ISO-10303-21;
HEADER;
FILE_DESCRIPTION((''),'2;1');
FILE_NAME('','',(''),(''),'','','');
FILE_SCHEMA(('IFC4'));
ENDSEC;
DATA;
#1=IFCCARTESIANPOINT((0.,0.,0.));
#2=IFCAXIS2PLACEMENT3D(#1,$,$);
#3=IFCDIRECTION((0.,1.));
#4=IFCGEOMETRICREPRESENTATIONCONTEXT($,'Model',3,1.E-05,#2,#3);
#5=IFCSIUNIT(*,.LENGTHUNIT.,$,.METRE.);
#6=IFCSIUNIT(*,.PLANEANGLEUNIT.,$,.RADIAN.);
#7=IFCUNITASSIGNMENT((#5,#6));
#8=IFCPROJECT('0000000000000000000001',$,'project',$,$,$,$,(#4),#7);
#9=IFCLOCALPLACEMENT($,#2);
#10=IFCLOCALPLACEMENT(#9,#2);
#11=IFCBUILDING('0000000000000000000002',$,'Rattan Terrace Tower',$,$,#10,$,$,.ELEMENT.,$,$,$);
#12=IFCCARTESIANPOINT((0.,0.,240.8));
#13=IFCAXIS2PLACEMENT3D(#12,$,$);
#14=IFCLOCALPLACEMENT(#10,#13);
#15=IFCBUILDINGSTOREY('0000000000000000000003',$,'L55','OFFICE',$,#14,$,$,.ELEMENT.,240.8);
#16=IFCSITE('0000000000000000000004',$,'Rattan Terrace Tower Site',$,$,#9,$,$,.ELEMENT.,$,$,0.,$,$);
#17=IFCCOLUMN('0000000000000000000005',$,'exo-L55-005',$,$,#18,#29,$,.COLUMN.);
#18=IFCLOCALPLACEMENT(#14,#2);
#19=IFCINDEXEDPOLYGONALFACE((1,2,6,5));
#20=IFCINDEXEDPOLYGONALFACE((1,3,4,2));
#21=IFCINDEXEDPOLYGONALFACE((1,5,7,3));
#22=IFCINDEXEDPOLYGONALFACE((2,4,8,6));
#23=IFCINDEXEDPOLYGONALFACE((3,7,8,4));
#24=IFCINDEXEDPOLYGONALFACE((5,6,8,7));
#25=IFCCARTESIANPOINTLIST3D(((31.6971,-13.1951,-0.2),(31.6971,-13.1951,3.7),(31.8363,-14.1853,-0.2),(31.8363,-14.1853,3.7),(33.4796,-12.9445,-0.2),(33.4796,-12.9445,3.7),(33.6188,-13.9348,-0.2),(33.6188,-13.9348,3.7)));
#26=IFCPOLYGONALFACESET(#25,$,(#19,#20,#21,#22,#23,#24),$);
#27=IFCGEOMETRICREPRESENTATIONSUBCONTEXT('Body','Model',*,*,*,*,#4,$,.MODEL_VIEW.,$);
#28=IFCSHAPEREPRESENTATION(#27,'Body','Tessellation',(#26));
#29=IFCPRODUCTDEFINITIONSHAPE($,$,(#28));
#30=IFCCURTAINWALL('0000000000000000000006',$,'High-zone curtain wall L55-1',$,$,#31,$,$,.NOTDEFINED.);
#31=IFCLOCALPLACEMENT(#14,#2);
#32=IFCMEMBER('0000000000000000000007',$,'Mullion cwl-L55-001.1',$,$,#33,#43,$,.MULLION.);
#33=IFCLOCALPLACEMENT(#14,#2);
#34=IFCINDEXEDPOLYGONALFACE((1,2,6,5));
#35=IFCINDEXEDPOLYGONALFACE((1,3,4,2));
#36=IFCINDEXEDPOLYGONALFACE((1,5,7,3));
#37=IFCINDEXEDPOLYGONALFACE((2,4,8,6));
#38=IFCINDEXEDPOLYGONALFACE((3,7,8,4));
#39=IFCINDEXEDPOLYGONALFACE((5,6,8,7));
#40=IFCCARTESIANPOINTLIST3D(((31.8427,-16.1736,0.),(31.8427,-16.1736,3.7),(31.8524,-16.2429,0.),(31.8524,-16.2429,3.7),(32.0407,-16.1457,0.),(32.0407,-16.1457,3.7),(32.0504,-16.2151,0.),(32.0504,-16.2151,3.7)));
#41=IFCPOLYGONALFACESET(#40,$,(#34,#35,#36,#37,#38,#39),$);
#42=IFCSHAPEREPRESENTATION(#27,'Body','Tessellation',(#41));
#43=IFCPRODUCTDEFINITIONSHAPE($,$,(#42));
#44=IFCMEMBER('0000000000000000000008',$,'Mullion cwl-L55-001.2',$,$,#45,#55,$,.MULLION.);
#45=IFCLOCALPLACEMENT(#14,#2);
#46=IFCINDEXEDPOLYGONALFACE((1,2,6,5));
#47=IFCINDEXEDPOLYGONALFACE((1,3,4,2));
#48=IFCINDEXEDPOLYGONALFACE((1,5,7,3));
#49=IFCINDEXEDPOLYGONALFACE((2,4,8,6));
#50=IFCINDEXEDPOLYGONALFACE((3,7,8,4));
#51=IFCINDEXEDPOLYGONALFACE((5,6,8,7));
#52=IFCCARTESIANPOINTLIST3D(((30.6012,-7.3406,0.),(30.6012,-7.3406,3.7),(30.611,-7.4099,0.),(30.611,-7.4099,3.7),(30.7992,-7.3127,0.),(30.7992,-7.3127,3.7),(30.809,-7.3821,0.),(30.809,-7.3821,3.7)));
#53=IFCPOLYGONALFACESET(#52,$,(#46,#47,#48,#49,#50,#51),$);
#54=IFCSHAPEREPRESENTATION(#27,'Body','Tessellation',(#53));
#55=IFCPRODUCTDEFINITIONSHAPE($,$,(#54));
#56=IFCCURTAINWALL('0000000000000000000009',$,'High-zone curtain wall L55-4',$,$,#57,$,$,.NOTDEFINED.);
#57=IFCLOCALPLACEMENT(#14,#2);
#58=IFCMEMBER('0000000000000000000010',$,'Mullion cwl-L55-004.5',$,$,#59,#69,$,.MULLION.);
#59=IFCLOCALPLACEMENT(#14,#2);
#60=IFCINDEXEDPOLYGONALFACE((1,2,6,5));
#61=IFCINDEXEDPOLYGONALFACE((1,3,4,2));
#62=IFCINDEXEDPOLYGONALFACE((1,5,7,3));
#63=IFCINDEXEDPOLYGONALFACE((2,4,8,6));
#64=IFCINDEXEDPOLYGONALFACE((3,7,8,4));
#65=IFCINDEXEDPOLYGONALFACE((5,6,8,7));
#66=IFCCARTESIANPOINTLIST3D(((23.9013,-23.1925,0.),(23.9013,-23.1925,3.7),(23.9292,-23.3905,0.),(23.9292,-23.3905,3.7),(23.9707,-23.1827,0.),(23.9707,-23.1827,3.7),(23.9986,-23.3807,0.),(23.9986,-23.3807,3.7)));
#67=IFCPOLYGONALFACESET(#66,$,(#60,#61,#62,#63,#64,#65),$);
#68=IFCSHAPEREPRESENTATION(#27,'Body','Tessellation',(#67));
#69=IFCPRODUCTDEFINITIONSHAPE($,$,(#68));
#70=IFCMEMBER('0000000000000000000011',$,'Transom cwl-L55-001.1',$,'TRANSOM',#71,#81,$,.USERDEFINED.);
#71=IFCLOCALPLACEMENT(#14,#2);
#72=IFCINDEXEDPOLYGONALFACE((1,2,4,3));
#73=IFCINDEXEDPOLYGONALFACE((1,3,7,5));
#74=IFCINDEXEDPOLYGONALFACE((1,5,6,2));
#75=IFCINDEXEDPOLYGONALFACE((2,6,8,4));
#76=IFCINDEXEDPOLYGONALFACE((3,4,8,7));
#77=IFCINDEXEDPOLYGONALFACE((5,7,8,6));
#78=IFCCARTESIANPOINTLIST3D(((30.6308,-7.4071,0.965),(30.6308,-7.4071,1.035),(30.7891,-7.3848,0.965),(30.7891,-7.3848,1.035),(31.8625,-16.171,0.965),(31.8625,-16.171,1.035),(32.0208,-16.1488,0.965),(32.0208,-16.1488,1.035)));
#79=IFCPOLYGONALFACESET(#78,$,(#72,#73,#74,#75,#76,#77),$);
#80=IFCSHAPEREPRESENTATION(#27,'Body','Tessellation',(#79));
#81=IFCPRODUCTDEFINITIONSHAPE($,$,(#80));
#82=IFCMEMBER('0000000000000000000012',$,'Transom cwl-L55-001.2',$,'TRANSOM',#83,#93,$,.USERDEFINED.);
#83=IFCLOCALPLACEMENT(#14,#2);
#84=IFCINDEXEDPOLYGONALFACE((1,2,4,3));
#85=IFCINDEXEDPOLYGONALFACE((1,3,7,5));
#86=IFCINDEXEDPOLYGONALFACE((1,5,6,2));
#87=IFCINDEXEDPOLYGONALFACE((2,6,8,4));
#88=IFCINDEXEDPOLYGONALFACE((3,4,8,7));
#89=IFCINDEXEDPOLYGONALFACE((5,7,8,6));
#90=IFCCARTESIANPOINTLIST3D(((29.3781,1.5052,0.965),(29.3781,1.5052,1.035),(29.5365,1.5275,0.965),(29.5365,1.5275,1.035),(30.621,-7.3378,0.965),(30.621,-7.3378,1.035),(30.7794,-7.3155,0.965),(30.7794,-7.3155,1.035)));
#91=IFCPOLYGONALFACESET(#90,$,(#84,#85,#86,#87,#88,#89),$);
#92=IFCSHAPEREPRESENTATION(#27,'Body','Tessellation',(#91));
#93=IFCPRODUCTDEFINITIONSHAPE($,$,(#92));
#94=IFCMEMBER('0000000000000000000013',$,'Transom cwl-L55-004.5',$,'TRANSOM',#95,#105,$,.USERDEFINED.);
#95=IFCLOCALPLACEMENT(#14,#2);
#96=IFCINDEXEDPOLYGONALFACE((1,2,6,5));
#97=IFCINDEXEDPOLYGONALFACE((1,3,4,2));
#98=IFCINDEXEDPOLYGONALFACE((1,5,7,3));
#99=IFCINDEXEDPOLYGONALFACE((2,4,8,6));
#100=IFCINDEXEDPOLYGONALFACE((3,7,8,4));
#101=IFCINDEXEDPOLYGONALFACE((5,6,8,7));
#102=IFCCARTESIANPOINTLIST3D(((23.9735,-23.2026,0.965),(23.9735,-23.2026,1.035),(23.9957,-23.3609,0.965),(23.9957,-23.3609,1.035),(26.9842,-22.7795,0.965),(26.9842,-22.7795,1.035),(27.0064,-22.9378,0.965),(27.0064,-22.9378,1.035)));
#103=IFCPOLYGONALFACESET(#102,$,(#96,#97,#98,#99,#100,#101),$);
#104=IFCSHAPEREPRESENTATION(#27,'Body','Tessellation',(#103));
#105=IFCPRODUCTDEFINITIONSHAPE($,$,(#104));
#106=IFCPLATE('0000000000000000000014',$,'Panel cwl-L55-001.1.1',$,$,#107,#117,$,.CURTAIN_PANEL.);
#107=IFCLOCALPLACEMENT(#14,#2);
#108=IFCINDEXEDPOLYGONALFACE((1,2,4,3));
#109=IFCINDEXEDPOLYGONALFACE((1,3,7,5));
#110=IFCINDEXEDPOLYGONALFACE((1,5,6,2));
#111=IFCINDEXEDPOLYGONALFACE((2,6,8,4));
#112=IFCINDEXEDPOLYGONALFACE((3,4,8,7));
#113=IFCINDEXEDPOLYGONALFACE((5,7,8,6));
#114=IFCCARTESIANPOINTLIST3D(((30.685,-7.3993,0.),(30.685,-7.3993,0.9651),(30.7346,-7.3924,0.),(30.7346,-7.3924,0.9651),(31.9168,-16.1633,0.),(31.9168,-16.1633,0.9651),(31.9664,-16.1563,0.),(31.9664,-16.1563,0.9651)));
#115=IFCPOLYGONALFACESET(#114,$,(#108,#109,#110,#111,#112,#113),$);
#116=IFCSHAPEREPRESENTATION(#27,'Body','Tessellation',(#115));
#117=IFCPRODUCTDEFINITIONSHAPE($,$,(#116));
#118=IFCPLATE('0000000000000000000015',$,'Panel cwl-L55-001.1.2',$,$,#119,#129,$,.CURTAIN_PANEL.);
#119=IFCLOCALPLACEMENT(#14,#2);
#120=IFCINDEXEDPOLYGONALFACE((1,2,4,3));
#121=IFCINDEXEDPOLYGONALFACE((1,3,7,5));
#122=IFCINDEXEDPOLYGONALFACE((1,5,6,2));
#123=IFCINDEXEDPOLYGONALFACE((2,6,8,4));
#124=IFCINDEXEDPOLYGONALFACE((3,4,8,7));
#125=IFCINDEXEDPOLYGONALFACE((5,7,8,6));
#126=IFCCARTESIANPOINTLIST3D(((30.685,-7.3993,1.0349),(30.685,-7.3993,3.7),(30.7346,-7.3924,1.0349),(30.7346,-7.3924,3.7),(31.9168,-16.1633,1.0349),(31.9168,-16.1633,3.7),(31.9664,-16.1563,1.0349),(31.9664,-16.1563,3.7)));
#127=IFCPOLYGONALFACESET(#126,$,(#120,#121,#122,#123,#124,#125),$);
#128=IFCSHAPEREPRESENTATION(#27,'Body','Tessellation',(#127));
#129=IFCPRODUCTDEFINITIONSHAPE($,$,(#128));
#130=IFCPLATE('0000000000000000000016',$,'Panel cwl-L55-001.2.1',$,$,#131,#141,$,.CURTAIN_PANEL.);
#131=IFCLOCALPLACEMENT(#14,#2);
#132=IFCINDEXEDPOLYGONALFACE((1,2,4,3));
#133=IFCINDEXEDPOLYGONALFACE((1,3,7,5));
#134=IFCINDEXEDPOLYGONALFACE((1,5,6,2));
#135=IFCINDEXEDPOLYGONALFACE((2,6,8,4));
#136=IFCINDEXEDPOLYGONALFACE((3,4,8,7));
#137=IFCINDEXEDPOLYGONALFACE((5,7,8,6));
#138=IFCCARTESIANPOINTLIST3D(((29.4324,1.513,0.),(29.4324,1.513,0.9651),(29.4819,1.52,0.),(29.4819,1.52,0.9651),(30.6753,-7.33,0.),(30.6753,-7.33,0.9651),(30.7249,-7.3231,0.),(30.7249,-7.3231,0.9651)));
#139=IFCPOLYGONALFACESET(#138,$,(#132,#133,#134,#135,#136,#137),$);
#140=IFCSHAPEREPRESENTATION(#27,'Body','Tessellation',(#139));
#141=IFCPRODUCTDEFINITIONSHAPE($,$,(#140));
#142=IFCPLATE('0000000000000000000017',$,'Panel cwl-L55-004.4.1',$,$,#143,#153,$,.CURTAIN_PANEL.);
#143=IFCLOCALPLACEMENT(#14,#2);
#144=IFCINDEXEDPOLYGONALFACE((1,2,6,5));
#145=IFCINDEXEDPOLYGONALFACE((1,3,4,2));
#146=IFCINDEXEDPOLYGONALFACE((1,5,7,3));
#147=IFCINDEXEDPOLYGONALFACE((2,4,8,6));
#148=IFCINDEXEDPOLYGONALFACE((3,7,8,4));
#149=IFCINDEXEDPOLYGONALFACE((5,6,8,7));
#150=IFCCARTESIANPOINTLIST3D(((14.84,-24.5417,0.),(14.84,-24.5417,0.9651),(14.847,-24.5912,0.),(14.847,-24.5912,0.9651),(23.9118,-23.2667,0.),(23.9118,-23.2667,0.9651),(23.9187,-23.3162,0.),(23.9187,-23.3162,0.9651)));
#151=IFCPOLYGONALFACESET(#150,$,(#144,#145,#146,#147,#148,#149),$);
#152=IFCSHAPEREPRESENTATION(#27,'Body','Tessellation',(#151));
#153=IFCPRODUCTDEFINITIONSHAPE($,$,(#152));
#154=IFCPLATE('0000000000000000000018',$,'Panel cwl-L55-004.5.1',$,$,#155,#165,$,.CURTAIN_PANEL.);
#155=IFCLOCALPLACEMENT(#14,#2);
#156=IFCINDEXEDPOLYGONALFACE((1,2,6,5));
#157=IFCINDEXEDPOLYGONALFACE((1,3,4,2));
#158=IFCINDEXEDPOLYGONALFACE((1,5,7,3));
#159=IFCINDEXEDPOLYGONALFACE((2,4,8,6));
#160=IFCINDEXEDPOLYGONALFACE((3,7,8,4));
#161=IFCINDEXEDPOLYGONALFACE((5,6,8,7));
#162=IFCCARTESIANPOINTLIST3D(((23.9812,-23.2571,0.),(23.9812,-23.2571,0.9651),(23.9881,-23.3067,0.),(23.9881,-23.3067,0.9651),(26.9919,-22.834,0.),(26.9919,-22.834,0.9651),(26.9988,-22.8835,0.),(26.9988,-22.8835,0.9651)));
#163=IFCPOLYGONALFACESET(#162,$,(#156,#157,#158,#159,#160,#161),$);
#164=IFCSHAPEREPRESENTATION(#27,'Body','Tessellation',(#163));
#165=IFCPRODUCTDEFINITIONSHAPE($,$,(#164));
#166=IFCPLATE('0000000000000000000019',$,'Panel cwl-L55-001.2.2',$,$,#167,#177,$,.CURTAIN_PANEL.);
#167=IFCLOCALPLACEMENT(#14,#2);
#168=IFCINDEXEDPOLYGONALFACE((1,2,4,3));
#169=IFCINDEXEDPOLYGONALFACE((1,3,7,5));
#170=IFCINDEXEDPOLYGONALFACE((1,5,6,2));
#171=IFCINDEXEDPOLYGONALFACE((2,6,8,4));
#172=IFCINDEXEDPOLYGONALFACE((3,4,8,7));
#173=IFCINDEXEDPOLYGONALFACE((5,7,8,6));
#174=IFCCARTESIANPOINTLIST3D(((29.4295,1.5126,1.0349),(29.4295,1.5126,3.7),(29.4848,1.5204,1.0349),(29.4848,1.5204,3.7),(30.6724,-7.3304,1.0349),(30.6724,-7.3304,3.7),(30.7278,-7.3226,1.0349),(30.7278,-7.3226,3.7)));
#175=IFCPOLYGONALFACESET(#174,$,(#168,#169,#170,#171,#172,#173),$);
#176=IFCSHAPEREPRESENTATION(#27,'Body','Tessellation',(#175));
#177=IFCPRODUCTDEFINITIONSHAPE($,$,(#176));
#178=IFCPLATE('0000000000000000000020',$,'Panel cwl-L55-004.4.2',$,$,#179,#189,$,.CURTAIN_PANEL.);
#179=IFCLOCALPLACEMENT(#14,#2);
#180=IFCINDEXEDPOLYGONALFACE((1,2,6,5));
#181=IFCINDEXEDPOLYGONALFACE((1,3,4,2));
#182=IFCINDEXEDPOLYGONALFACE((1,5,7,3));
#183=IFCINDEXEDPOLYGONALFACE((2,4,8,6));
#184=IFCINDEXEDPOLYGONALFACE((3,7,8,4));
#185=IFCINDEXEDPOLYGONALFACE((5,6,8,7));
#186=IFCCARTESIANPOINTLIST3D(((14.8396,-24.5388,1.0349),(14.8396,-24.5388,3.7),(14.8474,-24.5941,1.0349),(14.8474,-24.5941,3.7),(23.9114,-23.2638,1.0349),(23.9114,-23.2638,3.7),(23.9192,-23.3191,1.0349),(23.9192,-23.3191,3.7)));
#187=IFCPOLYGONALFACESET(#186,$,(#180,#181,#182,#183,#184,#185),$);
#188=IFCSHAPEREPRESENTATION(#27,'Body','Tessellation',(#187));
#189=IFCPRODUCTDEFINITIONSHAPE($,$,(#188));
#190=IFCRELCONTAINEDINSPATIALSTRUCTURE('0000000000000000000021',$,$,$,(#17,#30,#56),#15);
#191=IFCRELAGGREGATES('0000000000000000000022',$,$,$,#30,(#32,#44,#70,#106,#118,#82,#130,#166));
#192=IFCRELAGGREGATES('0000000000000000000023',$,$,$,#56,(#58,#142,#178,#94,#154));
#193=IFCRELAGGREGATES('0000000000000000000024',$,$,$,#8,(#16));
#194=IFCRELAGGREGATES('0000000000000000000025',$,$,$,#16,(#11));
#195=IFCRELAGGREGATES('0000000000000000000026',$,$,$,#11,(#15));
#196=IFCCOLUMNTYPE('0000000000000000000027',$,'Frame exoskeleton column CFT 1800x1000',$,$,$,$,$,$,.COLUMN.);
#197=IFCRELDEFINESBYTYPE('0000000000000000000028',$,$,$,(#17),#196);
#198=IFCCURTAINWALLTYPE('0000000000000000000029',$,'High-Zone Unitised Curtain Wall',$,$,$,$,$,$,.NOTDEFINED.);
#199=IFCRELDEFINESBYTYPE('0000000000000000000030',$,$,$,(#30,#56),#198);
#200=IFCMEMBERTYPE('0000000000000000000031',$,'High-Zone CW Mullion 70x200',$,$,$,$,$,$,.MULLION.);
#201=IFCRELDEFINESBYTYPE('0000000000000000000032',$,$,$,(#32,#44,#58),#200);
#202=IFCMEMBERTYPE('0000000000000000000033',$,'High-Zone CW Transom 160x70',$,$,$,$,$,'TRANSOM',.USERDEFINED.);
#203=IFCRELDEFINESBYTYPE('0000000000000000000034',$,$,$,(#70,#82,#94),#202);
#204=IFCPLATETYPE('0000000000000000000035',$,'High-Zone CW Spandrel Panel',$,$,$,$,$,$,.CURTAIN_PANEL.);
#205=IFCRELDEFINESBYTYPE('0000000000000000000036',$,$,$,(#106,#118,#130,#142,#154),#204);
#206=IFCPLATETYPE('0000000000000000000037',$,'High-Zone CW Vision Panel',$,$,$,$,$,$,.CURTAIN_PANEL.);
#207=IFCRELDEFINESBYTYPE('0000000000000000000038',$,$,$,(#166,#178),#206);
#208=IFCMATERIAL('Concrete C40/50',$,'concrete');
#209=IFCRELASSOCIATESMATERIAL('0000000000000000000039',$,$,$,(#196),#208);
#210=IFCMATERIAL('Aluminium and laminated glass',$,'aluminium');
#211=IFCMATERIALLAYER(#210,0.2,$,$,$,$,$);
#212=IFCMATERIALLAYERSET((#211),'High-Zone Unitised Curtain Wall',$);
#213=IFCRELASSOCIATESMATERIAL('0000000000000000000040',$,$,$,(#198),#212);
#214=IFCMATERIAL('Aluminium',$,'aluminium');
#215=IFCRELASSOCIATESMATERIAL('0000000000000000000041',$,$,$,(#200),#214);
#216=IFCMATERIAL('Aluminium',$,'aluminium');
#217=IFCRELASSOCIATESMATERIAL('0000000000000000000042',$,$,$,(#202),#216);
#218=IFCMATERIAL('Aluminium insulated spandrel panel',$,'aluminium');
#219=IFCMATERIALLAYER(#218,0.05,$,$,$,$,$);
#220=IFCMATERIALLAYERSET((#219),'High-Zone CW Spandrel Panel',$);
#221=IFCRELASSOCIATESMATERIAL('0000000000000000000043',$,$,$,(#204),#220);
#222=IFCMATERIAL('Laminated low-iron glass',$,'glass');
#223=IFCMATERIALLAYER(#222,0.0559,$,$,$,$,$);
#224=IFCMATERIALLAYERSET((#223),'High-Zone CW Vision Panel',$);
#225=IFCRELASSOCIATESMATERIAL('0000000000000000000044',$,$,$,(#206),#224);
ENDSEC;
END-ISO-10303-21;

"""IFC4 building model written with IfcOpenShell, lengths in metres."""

from ifc_helpers import new_model, si_unit, direction, frame, origin, origin_2d, place, context, subcontext, project, spatial, rectangle, extrude, material, layer, layer_set, material_profile, profile_set, type_object, element, aggregate, save


model = new_model("IFC4")

# Units and contexts
model_context = context("Model", 3, precision=1e-05, world=origin(), true_north=direction((0.0, 1.0)))
body_context = subcontext(model_context, "Body", "Model", "MODEL_VIEW")
ifc_project = project(units=[si_unit("LENGTHUNIT", "METRE"), si_unit("PLANEANGLEUNIT", "RADIAN")], contexts=[model_context])

# Site, building, storey
site_placement = place(None, origin())
site = spatial("IfcSite", under=ifc_project, at=site_placement, Name="Rattan Terrace Tower Site", CompositionType="ELEMENT", RefElevation=0.0)
building_placement = place(site_placement, origin())
building = spatial("IfcBuilding", under=site, at=building_placement, Name="Rattan Terrace Tower", CompositionType="ELEMENT")
storey_placement = place(building_placement, frame((0.0, 0.0, 240.8)))
storey = spatial("IfcBuildingStorey", under=building, at=storey_placement, Name="L55", Description="OFFICE", CompositionType="ELEMENT", Elevation=240.8)

# Column
ifc_material_1 = material(Name="Concrete C40/50", Category="concrete")
ifc_material_profile_1 = material_profile(ifc_material_1, rectangle(XDim=1.0, YDim=1.8, at=origin_2d()), Name="CFT 1800x1000")
ifc_profile_set_1 = profile_set([ifc_material_profile_1], Name="Concrete C40/50")
column_type = type_object("IfcColumnType", Name="Frame exoskeleton column CFT 1800x1000", PredefinedType="COLUMN", material=ifc_profile_set_1)
column_placement = place(storey_placement, frame((32.658, -13.5649, -0.2), z_axis=(0.0, 0.0, 1.0), x_axis=(-0.13919, 0.990266, 0.0)))
element("IfcColumn", 1, at=column_placement, inside=storey, type_object=column_type, Name="exo-L55-005", PredefinedType="COLUMN", context=body_context, shape_type="SweptSolid", body=[
    extrude(rectangle(XDim=1.0, YDim=1.8, at=origin_2d()), origin(), (0.0, 0.0, 1.0), 3.8999),
])

# Curtain wall, members
ifc_material_2 = material(Name="Aluminium and laminated glass", Category="aluminium")
ifc_layer_1 = layer(ifc_material_2, 0.2)
ifc_layer_set_1 = layer_set([ifc_layer_1], Name="High-Zone Unitised Curtain Wall")
curtain_wall_type = type_object("IfcCurtainWallType", Name="High-Zone Unitised Curtain Wall", PredefinedType="NOTDEFINED", material=ifc_layer_set_1)
curtain_wall_1_placement = place(storey_placement, origin())
curtain_wall_1 = element("IfcCurtainWall", 2, at=curtain_wall_1_placement, inside=storey, type_object=curtain_wall_type, Name="High-zone curtain wall L55-1", PredefinedType="NOTDEFINED")
ifc_material_3 = material(Name="Aluminium", Category="aluminium")
ifc_material_profile_2 = material_profile(ifc_material_3, rectangle(XDim=0.0701, YDim=0.2, at=origin_2d()), Name="Aluminium 70x200")
ifc_profile_set_2 = profile_set([ifc_material_profile_2], Name="Aluminium")
member_type_1 = type_object("IfcMemberType", Name="High-Zone CW Mullion 70x200", PredefinedType="MULLION", material=ifc_profile_set_2)
member_1_placement = place(storey_placement, frame((31.9465, -16.1943, 0.0), z_axis=(0.0, 0.0, 1.0), x_axis=(-0.139186, 0.990266, 0.0)))
member_1 = element("IfcMember", 3, at=member_1_placement, type_object=member_type_1, Name="Mullion cwl-L55-001.1", PredefinedType="MULLION", context=body_context, shape_type="SweptSolid", body=[
    extrude(rectangle(XDim=0.0701, YDim=0.2, at=origin_2d()), origin(), (0.0, 0.0, 1.0), 3.7),
])
member_2_placement = place(storey_placement, frame((30.7051, -7.3613, 0.0), z_axis=(0.0, 0.0, 1.0), x_axis=(-0.139186, 0.990266, 0.0)))
member_2 = element("IfcMember", 4, at=member_2_placement, type_object=member_type_1, Name="Mullion cwl-L55-001.2", PredefinedType="MULLION", context=body_context, shape_type="SweptSolid", body=[
    extrude(rectangle(XDim=0.0701, YDim=0.2, at=origin_2d()), origin(), (0.0, 0.0, 1.0), 3.7),
])

# Curtain wall, member
curtain_wall_2_placement = place(storey_placement, origin())
curtain_wall_2 = element("IfcCurtainWall", 5, at=curtain_wall_2_placement, inside=storey, type_object=curtain_wall_type, Name="High-zone curtain wall L55-4", PredefinedType="NOTDEFINED")
member_3_placement = place(storey_placement, frame((23.95, -23.2866, 0.0), z_axis=(0.0, 0.0, 1.0), x_axis=(0.990267, 0.139177, 0.0)))
member_3 = element("IfcMember", 6, at=member_3_placement, type_object=member_type_1, Name="Mullion cwl-L55-004.5", PredefinedType="MULLION", context=body_context, shape_type="SweptSolid", body=[
    extrude(rectangle(XDim=0.0701, YDim=0.2, at=origin_2d()), origin(), (0.0, 0.0, 1.0), 3.7),
])

# Members
ifc_material_4 = material(Name="Aluminium", Category="aluminium")
ifc_material_profile_3 = material_profile(ifc_material_4, rectangle(XDim=0.1599, YDim=0.0701, at=origin_2d()), Name="Aluminium 160x70")
ifc_profile_set_3 = profile_set([ifc_material_profile_3], Name="Aluminium")
member_type_2 = type_object("IfcMemberType", Name="High-Zone CW Transom 160x70", ElementType="TRANSOM", PredefinedType="USERDEFINED", material=ifc_profile_set_3)
member_4_placement = place(storey_placement, frame((31.9417, -16.1599, 1.0), z_axis=(-0.139173, 0.990268, 0.0), x_axis=(-0.990268, -0.139173, 0.0)))
member_4 = element("IfcMember", 7, at=member_4_placement, type_object=member_type_2, Name="Transom cwl-L55-001.1", ObjectType="TRANSOM", PredefinedType="USERDEFINED", context=body_context, shape_type="SweptSolid", body=[
    extrude(rectangle(XDim=0.1599, YDim=0.0701, at=origin_2d()), origin(), (0.0, 0.0, 1.0), 8.8501),
])
member_5_placement = place(storey_placement, frame((30.7002, -7.3267, 1.0), z_axis=(-0.139186, 0.990266, 0.0), x_axis=(-0.990266, -0.139186, 0.0)))
member_5 = element("IfcMember", 8, at=member_5_placement, type_object=member_type_2, Name="Transom cwl-L55-001.2", ObjectType="TRANSOM", PredefinedType="USERDEFINED", context=body_context, shape_type="SweptSolid", body=[
    extrude(rectangle(XDim=0.1599, YDim=0.0701, at=origin_2d()), origin(), (0.0, 0.0, 1.0), 8.9299),
])
member_6_placement = place(storey_placement, frame((23.9846, -23.2817, 1.0), z_axis=(0.99027, 0.139161, 0.0), x_axis=(-0.139161, 0.99027, 0.0)))
member_6 = element("IfcMember", 9, at=member_6_placement, type_object=member_type_2, Name="Transom cwl-L55-004.5", ObjectType="TRANSOM", PredefinedType="USERDEFINED", context=body_context, shape_type="SweptSolid", body=[
    extrude(rectangle(XDim=0.1599, YDim=0.0701, at=origin_2d()), origin(), (0.0, 0.0, 1.0), 3.0403),
])

# Plates
ifc_material_5 = material(Name="Aluminium insulated spandrel panel", Category="aluminium")
ifc_layer_2 = layer(ifc_material_5, 0.05)
ifc_layer_set_2 = layer_set([ifc_layer_2], Name="High-Zone CW Spandrel Panel")
plate_type_1 = type_object("IfcPlateType", Name="High-Zone CW Spandrel Panel", PredefinedType="CURTAIN_PANEL", material=ifc_layer_set_2)
plate_1_placement = place(storey_placement, frame((31.3257, -11.7778, 0.0), z_axis=(0.0, 0.0, 1.0), x_axis=(-0.139186, 0.990266, 0.0)))
plate_1 = element("IfcPlate", 10, at=plate_1_placement, type_object=plate_type_1, Name="Panel cwl-L55-001.1.1", PredefinedType="CURTAIN_PANEL", context=body_context, shape_type="SweptSolid", body=[
    extrude(rectangle(XDim=8.8501, YDim=0.05, at=origin_2d()), origin(), (0.0, 0.0, 1.0), 0.9651),
])
plate_2_placement = place(storey_placement, frame((31.3257, -11.7778, 1.0349), z_axis=(0.0, 0.0, 1.0), x_axis=(-0.139186, 0.990266, 0.0)))
plate_2 = element("IfcPlate", 11, at=plate_2_placement, type_object=plate_type_1, Name="Panel cwl-L55-001.1.2", PredefinedType="CURTAIN_PANEL", context=body_context, shape_type="SweptSolid", body=[
    extrude(rectangle(XDim=8.8501, YDim=0.05, at=origin_2d()), origin(), (0.0, 0.0, 1.0), 2.665),
])
plate_3_placement = place(storey_placement, frame((30.0786, -2.905, 0.0), z_axis=(0.0, 0.0, 1.0), x_axis=(-0.139186, 0.990266, 0.0)))
plate_3 = element("IfcPlate", 12, at=plate_3_placement, type_object=plate_type_1, Name="Panel cwl-L55-001.2.1", PredefinedType="CURTAIN_PANEL", context=body_context, shape_type="SweptSolid", body=[
    extrude(rectangle(XDim=8.9299, YDim=0.05, at=origin_2d()), origin(), (0.0, 0.0, 1.0), 0.9651),
])
plate_4_placement = place(storey_placement, frame((19.3794, -23.929, 0.0), z_axis=(0.0, 0.0, 1.0), x_axis=(0.990267, 0.139177, 0.0)))
plate_4 = element("IfcPlate", 13, at=plate_4_placement, type_object=plate_type_1, Name="Panel cwl-L55-004.4.1", PredefinedType="CURTAIN_PANEL", context=body_context, shape_type="SweptSolid", body=[
    extrude(rectangle(XDim=9.1609, YDim=0.05, at=origin_2d()), origin(), (0.0, 0.0, 1.0), 0.9651),
])
plate_5_placement = place(storey_placement, frame((25.49, -23.0703, 0.0), z_axis=(0.0, 0.0, 1.0), x_axis=(0.990267, 0.139177, 0.0)))
plate_5 = element("IfcPlate", 14, at=plate_5_placement, type_object=plate_type_1, Name="Panel cwl-L55-004.5.1", PredefinedType="CURTAIN_PANEL", context=body_context, shape_type="SweptSolid", body=[
    extrude(rectangle(XDim=3.0403, YDim=0.05, at=origin_2d()), origin(), (0.0, 0.0, 1.0), 0.9651),
])
ifc_material_6 = material(Name="Laminated low-iron glass", Category="glass")
ifc_layer_3 = layer(ifc_material_6, 0.0559)
ifc_layer_set_3 = layer_set([ifc_layer_3], Name="High-Zone CW Vision Panel")
plate_type_2 = type_object("IfcPlateType", Name="High-Zone CW Vision Panel", PredefinedType="CURTAIN_PANEL", material=ifc_layer_set_3)
plate_6_placement = place(storey_placement, frame((30.0786, -2.905, 1.0349), z_axis=(0.0, 0.0, 1.0), x_axis=(-0.139186, 0.990266, 0.0)))
plate_6 = element("IfcPlate", 15, at=plate_6_placement, type_object=plate_type_2, Name="Panel cwl-L55-001.2.2", PredefinedType="CURTAIN_PANEL", context=body_context, shape_type="SweptSolid", body=[
    extrude(rectangle(XDim=8.9299, YDim=0.0559, at=origin_2d()), origin(), (0.0, 0.0, 1.0), 2.665),
])
aggregate(curtain_wall_1, [member_1, member_2, member_4, plate_1, plate_2, member_5, plate_3, plate_6])
plate_7_placement = place(storey_placement, frame((19.3794, -23.929, 1.0349), z_axis=(0.0, 0.0, 1.0), x_axis=(0.990267, 0.139177, 0.0)))
plate_7 = element("IfcPlate", 16, at=plate_7_placement, type_object=plate_type_2, Name="Panel cwl-L55-004.4.2", PredefinedType="CURTAIN_PANEL", context=body_context, shape_type="SweptSolid", body=[
    extrude(rectangle(XDim=9.1609, YDim=0.0559, at=origin_2d()), origin(), (0.0, 0.0, 1.0), 2.665),
])
aggregate(curtain_wall_2, [member_3, plate_4, plate_7, member_6, plate_5])

save(model, "model.ifc")
